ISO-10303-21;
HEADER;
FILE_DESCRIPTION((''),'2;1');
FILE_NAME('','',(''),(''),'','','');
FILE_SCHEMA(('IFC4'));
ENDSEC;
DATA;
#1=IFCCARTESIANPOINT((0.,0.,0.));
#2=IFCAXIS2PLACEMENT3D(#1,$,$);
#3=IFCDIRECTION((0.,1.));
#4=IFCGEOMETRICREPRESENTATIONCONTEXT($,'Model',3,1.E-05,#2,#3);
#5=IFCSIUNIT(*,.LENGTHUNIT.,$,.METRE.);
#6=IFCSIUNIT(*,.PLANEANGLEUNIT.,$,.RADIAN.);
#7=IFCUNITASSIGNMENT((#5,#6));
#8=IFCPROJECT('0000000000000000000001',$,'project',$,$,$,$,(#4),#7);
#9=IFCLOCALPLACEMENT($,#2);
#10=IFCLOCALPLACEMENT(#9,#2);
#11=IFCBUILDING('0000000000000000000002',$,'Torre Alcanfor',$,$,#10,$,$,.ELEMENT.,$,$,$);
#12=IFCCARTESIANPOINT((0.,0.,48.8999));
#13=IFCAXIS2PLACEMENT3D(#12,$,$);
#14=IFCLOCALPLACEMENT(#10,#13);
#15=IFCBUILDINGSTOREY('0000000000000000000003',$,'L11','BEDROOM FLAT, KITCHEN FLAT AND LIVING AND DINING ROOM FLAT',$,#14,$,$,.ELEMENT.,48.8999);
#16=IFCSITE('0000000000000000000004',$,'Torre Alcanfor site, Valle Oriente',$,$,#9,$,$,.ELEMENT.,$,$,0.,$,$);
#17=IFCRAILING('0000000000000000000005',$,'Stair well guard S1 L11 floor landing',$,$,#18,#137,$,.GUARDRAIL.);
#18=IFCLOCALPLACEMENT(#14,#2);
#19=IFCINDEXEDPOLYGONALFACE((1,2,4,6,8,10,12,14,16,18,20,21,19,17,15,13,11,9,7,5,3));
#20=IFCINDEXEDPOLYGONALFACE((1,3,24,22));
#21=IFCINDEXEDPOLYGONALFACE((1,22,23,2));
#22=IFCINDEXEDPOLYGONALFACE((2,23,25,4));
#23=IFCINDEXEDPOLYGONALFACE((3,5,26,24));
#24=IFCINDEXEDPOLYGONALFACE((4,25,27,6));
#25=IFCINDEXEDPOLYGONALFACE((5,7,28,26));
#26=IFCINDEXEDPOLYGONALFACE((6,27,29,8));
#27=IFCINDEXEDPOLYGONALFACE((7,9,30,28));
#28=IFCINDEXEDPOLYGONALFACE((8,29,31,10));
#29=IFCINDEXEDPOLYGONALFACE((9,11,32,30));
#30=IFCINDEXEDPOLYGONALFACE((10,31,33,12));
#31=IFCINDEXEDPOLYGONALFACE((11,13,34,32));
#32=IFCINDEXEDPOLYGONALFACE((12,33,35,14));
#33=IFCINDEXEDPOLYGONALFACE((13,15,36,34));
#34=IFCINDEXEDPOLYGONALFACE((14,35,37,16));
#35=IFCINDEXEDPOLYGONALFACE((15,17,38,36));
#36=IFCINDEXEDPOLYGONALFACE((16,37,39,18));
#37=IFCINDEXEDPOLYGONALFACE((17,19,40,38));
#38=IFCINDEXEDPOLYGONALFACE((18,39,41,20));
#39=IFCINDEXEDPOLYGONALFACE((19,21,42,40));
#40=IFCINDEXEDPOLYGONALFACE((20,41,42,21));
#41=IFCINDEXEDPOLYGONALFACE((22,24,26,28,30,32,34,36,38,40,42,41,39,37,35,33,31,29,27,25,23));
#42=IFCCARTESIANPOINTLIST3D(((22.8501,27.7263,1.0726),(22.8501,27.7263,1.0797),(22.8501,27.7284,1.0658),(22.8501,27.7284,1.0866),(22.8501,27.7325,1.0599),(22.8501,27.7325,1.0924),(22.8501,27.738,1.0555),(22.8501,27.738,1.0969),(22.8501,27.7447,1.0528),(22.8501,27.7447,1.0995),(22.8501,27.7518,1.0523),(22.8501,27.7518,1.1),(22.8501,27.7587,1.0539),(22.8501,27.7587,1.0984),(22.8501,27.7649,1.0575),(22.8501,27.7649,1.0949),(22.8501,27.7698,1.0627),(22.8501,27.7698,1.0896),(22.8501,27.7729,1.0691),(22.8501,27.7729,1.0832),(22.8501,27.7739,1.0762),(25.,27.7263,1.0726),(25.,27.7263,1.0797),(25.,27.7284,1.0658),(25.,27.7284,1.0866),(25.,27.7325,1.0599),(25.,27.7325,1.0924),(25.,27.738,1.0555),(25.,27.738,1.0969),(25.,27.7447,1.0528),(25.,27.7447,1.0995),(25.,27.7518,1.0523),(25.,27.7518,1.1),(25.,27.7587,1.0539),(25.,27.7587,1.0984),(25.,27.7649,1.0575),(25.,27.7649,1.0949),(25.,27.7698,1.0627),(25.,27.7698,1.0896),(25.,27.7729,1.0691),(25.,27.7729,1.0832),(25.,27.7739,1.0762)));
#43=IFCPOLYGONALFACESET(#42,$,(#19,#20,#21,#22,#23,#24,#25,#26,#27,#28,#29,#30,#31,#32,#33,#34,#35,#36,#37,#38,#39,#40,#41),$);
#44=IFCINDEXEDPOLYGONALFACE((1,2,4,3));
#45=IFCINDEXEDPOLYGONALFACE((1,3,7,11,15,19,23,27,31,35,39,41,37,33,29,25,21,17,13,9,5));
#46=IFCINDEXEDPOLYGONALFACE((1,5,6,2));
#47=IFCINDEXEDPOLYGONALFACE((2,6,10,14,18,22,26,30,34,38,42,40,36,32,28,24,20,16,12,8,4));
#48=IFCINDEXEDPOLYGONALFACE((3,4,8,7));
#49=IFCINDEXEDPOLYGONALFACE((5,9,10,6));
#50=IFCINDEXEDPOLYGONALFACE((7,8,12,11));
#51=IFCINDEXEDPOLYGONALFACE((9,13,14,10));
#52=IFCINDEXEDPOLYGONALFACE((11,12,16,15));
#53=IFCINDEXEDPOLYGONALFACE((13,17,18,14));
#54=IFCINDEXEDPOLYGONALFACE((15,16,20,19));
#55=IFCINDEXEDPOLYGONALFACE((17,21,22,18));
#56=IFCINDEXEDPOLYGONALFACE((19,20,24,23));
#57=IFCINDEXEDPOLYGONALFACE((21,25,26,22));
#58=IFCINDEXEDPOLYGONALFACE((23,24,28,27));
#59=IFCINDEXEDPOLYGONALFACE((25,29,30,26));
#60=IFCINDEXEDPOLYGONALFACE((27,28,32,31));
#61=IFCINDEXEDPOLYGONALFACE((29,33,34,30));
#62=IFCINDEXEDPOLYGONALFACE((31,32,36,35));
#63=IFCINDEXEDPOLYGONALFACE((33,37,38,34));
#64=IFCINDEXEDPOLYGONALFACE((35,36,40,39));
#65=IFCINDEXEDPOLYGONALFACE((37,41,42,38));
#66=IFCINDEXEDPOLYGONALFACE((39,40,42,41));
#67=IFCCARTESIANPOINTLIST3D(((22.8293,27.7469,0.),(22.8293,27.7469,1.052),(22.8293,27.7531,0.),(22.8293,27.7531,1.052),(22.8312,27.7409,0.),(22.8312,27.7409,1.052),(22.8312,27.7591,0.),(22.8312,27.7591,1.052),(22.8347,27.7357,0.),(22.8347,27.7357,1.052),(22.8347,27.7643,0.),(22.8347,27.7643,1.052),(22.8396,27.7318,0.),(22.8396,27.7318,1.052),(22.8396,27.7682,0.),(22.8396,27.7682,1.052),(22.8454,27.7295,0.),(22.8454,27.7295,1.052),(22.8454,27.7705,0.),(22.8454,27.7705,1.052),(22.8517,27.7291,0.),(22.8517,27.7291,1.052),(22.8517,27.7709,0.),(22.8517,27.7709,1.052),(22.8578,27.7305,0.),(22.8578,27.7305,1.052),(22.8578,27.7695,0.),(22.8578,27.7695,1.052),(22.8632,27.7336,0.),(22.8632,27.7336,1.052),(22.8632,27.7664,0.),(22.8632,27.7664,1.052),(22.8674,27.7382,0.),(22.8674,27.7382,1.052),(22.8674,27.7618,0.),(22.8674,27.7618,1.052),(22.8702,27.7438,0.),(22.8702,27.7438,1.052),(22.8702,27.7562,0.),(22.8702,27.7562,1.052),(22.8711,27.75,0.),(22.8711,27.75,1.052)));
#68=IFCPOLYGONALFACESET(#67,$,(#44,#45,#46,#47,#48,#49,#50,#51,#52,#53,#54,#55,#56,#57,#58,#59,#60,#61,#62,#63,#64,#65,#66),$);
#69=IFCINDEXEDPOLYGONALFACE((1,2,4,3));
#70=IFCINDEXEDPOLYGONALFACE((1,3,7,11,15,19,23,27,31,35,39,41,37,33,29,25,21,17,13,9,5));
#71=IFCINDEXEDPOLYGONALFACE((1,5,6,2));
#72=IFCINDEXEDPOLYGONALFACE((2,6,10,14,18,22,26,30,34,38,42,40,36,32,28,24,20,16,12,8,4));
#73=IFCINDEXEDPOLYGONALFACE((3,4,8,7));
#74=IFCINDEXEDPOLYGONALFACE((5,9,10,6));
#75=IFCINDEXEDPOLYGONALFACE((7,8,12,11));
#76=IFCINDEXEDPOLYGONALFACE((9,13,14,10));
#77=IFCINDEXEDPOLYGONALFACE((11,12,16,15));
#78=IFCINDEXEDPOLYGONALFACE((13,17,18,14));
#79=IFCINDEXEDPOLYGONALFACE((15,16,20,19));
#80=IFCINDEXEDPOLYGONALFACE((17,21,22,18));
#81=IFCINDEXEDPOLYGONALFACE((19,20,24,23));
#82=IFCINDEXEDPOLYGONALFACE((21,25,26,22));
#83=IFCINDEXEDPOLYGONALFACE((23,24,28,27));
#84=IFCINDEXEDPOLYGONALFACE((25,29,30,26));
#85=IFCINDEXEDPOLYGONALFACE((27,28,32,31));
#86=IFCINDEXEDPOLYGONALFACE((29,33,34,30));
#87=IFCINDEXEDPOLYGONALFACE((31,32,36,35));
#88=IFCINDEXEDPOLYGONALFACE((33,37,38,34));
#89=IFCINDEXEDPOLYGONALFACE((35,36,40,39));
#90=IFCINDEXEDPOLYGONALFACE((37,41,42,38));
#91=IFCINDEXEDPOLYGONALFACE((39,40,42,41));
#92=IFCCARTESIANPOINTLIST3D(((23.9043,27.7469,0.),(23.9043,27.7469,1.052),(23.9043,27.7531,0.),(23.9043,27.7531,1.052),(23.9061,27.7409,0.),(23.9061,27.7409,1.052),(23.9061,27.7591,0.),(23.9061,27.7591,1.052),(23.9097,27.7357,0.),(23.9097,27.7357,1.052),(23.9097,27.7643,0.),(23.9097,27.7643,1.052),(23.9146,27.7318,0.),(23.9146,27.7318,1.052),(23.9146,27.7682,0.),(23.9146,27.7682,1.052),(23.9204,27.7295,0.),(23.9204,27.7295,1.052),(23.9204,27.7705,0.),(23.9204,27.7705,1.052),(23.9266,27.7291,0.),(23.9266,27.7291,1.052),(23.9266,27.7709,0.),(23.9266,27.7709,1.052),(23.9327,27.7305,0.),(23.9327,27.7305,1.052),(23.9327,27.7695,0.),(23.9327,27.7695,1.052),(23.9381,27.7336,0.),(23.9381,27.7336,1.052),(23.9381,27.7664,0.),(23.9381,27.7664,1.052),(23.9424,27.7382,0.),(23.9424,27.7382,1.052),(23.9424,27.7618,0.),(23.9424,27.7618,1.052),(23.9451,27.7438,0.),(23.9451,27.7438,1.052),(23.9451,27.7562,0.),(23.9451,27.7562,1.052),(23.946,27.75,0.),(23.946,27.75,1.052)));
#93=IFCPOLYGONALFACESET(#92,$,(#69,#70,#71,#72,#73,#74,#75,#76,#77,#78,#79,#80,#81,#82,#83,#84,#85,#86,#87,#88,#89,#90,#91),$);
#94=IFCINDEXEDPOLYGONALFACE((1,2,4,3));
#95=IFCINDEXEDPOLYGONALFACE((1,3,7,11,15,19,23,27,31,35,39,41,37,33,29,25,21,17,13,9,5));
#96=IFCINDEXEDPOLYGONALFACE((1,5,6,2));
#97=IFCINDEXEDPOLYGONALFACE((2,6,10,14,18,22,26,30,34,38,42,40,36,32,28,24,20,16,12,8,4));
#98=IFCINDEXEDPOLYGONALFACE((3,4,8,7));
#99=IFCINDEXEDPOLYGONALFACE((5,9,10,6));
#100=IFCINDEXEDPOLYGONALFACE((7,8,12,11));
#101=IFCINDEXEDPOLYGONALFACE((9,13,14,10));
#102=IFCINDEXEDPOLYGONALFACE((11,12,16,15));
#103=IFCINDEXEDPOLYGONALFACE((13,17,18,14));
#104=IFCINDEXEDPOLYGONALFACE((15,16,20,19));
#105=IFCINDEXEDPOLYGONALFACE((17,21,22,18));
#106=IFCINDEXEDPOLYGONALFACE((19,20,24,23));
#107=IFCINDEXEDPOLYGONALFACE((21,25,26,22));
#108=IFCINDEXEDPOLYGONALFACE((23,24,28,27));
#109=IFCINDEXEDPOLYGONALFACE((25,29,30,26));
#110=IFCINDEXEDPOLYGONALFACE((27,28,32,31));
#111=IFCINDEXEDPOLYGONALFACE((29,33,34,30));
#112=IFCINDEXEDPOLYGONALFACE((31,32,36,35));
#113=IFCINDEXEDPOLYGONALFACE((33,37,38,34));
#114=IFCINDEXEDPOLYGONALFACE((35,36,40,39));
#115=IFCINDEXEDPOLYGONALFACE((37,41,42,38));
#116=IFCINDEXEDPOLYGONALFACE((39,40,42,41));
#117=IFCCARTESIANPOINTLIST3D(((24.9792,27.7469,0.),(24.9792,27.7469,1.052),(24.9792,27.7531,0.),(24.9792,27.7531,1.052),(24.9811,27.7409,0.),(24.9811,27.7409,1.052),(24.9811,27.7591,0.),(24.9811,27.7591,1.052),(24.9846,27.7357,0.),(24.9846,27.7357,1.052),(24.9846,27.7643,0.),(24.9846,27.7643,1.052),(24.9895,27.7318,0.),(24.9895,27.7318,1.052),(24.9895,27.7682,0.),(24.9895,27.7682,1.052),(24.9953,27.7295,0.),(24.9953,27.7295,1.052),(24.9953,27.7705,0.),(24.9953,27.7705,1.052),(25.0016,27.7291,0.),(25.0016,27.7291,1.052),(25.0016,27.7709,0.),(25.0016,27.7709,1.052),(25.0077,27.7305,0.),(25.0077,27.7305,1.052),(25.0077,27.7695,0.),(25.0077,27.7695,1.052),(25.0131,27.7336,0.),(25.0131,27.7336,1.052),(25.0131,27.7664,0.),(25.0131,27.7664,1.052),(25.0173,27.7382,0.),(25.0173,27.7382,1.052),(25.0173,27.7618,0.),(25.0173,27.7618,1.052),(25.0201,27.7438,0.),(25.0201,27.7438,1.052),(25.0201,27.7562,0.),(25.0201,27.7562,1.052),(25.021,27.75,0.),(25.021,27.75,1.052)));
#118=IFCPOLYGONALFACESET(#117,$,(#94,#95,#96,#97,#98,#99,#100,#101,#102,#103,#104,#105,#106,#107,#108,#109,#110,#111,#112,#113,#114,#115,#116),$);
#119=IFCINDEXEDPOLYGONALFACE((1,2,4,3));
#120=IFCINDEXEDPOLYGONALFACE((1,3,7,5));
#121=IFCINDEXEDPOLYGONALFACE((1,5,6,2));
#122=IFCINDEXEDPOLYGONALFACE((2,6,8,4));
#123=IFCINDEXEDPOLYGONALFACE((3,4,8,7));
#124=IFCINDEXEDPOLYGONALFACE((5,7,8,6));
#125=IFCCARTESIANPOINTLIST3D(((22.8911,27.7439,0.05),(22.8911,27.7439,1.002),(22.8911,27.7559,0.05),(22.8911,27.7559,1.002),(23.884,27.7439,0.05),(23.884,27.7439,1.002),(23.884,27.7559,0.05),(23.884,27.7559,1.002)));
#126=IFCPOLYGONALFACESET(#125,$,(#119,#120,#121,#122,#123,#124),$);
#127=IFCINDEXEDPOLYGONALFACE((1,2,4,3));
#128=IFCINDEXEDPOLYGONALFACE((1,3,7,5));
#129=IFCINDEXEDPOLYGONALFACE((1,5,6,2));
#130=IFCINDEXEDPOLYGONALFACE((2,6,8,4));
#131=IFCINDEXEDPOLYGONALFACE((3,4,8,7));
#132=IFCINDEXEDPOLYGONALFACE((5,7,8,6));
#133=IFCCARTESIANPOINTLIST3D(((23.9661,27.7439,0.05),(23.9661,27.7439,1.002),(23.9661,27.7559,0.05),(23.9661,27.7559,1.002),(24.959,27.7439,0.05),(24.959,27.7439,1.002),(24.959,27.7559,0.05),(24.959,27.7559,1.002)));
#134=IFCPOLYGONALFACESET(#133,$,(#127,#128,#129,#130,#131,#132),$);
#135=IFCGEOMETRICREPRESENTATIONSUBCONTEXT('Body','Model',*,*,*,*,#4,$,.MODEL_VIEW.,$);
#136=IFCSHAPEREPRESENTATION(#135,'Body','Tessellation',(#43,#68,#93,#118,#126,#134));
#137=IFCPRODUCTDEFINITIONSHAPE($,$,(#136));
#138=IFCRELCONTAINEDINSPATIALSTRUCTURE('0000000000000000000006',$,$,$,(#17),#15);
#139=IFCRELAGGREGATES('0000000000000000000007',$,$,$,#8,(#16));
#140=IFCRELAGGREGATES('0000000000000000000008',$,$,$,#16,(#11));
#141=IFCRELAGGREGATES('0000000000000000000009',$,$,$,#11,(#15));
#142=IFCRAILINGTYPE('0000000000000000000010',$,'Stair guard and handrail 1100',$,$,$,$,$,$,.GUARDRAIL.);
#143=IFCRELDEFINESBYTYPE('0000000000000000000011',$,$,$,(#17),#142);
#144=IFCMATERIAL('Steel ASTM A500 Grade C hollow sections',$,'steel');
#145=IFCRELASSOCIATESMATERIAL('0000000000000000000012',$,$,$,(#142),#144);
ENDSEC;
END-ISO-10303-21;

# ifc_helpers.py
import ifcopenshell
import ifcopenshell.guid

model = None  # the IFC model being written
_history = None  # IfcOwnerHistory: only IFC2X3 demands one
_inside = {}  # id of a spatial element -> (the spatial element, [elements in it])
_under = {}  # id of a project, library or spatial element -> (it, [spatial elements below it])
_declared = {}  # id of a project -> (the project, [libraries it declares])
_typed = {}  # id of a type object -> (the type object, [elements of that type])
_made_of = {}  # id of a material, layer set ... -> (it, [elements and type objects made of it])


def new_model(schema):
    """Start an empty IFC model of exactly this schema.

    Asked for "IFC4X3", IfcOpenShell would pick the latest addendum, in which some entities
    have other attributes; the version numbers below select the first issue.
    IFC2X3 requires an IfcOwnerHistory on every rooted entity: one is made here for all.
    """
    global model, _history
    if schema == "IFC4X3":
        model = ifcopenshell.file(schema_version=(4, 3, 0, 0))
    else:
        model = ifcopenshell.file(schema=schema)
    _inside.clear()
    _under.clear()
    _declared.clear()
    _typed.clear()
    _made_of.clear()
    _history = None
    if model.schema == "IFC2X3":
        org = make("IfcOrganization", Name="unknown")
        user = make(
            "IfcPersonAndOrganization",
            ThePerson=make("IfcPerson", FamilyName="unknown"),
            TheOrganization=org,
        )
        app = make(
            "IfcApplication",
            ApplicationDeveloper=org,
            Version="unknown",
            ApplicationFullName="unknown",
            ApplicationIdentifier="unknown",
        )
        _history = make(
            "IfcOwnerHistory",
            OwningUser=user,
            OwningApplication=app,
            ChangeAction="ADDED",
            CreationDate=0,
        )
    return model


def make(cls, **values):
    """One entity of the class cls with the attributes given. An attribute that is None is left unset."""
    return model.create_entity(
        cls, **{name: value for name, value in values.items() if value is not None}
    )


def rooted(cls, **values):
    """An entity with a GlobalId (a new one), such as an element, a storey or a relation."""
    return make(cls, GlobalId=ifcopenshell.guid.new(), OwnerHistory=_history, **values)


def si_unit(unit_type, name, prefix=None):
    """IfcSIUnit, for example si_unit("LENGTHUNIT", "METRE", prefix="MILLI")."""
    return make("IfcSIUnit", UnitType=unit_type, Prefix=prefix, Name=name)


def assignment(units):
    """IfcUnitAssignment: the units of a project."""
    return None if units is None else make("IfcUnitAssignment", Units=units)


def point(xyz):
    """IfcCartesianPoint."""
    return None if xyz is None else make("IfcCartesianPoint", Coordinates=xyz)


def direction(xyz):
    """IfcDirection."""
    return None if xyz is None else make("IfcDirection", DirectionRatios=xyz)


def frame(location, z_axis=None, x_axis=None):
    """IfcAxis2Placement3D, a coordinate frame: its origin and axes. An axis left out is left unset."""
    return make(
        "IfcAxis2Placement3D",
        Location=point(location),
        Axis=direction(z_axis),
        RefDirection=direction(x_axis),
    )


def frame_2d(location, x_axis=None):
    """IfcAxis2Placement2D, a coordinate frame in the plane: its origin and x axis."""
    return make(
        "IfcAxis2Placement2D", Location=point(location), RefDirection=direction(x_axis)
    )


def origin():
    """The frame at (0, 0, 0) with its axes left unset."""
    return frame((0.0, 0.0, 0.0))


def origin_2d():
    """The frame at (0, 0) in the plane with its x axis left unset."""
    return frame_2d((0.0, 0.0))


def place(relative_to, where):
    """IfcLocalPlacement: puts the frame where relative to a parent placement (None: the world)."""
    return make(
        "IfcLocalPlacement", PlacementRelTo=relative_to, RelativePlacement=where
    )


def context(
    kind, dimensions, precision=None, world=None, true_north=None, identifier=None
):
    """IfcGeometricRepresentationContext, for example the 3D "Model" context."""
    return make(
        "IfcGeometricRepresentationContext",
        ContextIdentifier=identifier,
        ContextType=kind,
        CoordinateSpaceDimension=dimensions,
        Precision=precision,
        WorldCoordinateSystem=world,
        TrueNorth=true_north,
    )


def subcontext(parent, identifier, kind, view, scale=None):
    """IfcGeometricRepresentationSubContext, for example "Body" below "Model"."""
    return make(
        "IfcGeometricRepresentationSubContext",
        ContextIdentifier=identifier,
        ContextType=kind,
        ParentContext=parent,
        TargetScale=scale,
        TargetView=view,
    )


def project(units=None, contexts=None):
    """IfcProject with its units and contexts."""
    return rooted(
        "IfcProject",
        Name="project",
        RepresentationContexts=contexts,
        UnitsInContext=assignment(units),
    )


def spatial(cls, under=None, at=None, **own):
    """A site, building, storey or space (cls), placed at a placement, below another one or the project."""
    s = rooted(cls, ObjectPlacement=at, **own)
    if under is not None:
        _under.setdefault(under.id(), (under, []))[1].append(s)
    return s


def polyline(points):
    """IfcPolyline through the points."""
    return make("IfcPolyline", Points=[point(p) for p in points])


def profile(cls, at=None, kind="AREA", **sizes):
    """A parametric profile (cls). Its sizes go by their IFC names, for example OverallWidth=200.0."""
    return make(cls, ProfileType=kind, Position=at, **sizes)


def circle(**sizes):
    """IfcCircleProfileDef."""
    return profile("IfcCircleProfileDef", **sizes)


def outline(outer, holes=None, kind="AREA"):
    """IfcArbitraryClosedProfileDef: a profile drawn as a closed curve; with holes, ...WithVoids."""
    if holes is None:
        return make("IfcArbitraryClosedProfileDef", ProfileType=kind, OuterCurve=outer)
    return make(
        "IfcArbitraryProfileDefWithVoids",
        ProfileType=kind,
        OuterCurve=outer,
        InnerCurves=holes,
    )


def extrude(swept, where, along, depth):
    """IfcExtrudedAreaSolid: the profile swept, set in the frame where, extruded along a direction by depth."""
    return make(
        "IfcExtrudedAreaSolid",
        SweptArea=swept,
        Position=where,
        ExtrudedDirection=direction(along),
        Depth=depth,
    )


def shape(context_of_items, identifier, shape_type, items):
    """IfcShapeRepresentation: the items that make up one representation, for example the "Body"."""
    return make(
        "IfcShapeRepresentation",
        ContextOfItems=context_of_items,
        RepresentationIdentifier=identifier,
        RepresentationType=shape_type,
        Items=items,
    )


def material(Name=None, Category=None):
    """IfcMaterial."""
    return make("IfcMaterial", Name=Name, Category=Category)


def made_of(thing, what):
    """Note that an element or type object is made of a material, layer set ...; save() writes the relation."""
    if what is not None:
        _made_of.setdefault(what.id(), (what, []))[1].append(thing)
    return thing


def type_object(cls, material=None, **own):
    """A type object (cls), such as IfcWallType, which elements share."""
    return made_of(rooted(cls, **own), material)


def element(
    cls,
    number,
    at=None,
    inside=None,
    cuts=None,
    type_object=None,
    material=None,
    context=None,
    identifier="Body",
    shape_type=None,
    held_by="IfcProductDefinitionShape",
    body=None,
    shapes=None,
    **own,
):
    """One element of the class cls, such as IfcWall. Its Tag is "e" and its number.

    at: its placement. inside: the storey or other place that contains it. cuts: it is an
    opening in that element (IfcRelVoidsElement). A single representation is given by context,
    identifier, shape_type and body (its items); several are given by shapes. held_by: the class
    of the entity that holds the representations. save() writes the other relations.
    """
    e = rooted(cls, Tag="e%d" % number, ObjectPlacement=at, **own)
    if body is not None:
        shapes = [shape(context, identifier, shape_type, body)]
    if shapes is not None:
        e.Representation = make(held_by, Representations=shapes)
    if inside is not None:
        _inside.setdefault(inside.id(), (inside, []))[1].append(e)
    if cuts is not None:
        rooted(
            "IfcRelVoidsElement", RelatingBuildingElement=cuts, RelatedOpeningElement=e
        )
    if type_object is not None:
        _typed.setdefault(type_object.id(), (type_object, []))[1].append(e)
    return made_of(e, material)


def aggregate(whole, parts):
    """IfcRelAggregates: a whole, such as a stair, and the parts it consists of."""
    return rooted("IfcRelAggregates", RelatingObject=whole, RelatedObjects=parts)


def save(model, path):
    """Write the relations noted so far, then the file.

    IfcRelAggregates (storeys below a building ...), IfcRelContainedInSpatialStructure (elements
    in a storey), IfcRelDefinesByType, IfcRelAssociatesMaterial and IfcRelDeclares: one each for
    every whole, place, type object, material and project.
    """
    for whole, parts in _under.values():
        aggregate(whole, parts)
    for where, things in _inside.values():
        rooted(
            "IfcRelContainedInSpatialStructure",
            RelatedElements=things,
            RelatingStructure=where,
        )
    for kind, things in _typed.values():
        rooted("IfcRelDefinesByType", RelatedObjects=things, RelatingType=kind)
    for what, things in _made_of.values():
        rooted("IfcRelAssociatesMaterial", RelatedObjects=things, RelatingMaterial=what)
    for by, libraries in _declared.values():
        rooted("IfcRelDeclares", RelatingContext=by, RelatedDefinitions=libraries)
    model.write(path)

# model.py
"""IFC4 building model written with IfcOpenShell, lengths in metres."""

from ifc_helpers import new_model, si_unit, direction, frame, origin, origin_2d, place, context, subcontext, project, spatial, polyline, circle, outline, extrude, material, type_object, element, save


model = new_model("IFC4")

# Units and contexts
model_context = context("Model", 3, precision=1e-05, world=origin(), true_north=direction((0.0, 1.0)))
body_context = subcontext(model_context, "Body", "Model", "MODEL_VIEW")
ifc_project = project(units=[si_unit("LENGTHUNIT", "METRE"), si_unit("PLANEANGLEUNIT", "RADIAN")], contexts=[model_context])

# Site, building, storey
site_placement = place(None, origin())
site = spatial("IfcSite", under=ifc_project, at=site_placement, Name="Torre Alcanfor site, Valle Oriente", CompositionType="ELEMENT", RefElevation=0.0)
building_placement = place(site_placement, origin())
building = spatial("IfcBuilding", under=site, at=building_placement, Name="Torre Alcanfor", CompositionType="ELEMENT")
storey_placement = place(building_placement, frame((0.0, 0.0, 48.8999)))
storey = spatial("IfcBuildingStorey", under=building, at=storey_placement, Name="L11", Description="BEDROOM FLAT, KITCHEN FLAT AND LIVING AND DINING ROOM FLAT", CompositionType="ELEMENT", Elevation=48.8999)

# Railing
ifc_material_1 = material(Name="Steel ASTM A500 Grade C hollow sections", Category="steel")
railing_type_1 = type_object("IfcRailingType", Name="Stair guard and handrail 1100", PredefinedType="GUARDRAIL", material=ifc_material_1)
railing_1_placement = place(storey_placement, frame((22.8501, 27.75, 0.0)))
element("IfcRailing", 1, at=railing_1_placement, inside=storey, type_object=railing_type_1, Name="Stair well guard S1 L11 floor landing", PredefinedType="GUARDRAIL", context=body_context, shape_type="SweptSolid", body=[
    extrude(circle(Radius=0.0239, at=origin_2d()), frame((0.0, 0.0, 1.0762), z_axis=(1.0, 0.0, 0.0), x_axis=(0.0, 1.0, 0.0)), (0.0, 0.0, 1.0), 2.1499),
    extrude(circle(Radius=0.021, at=origin_2d()), origin(), (0.0, 0.0, 1.0), 1.052),
    extrude(circle(Radius=0.021, at=origin_2d()), frame((1.075, 0.0, 0.0)), (0.0, 0.0, 1.0), 1.052),
    extrude(circle(Radius=0.021, at=origin_2d()), frame((2.1499, 0.0, 0.0)), (0.0, 0.0, 1.0), 1.052),
    extrude(outline(polyline([(0.041, 0.05), (1.0339, 0.05), (1.0339, 1.002), (0.041, 1.002), (0.041, 0.05)])), frame((0.0, 0.0059, 0.0), z_axis=(0.0, -1.0, 0.0), x_axis=(1.0, 0.0, 0.0)), (0.0, 0.0, 1.0), 0.012),
    extrude(outline(polyline([(1.116, 0.05), (2.1089, 0.05), (2.1089, 1.002), (1.116, 1.002), (1.116, 0.05)])), frame((0.0, 0.0059, 0.0), z_axis=(0.0, -1.0, 0.0), x_axis=(1.0, 0.0, 0.0)), (0.0, 0.0, 1.0), 0.012),
])

save(model, "model.ifc")
